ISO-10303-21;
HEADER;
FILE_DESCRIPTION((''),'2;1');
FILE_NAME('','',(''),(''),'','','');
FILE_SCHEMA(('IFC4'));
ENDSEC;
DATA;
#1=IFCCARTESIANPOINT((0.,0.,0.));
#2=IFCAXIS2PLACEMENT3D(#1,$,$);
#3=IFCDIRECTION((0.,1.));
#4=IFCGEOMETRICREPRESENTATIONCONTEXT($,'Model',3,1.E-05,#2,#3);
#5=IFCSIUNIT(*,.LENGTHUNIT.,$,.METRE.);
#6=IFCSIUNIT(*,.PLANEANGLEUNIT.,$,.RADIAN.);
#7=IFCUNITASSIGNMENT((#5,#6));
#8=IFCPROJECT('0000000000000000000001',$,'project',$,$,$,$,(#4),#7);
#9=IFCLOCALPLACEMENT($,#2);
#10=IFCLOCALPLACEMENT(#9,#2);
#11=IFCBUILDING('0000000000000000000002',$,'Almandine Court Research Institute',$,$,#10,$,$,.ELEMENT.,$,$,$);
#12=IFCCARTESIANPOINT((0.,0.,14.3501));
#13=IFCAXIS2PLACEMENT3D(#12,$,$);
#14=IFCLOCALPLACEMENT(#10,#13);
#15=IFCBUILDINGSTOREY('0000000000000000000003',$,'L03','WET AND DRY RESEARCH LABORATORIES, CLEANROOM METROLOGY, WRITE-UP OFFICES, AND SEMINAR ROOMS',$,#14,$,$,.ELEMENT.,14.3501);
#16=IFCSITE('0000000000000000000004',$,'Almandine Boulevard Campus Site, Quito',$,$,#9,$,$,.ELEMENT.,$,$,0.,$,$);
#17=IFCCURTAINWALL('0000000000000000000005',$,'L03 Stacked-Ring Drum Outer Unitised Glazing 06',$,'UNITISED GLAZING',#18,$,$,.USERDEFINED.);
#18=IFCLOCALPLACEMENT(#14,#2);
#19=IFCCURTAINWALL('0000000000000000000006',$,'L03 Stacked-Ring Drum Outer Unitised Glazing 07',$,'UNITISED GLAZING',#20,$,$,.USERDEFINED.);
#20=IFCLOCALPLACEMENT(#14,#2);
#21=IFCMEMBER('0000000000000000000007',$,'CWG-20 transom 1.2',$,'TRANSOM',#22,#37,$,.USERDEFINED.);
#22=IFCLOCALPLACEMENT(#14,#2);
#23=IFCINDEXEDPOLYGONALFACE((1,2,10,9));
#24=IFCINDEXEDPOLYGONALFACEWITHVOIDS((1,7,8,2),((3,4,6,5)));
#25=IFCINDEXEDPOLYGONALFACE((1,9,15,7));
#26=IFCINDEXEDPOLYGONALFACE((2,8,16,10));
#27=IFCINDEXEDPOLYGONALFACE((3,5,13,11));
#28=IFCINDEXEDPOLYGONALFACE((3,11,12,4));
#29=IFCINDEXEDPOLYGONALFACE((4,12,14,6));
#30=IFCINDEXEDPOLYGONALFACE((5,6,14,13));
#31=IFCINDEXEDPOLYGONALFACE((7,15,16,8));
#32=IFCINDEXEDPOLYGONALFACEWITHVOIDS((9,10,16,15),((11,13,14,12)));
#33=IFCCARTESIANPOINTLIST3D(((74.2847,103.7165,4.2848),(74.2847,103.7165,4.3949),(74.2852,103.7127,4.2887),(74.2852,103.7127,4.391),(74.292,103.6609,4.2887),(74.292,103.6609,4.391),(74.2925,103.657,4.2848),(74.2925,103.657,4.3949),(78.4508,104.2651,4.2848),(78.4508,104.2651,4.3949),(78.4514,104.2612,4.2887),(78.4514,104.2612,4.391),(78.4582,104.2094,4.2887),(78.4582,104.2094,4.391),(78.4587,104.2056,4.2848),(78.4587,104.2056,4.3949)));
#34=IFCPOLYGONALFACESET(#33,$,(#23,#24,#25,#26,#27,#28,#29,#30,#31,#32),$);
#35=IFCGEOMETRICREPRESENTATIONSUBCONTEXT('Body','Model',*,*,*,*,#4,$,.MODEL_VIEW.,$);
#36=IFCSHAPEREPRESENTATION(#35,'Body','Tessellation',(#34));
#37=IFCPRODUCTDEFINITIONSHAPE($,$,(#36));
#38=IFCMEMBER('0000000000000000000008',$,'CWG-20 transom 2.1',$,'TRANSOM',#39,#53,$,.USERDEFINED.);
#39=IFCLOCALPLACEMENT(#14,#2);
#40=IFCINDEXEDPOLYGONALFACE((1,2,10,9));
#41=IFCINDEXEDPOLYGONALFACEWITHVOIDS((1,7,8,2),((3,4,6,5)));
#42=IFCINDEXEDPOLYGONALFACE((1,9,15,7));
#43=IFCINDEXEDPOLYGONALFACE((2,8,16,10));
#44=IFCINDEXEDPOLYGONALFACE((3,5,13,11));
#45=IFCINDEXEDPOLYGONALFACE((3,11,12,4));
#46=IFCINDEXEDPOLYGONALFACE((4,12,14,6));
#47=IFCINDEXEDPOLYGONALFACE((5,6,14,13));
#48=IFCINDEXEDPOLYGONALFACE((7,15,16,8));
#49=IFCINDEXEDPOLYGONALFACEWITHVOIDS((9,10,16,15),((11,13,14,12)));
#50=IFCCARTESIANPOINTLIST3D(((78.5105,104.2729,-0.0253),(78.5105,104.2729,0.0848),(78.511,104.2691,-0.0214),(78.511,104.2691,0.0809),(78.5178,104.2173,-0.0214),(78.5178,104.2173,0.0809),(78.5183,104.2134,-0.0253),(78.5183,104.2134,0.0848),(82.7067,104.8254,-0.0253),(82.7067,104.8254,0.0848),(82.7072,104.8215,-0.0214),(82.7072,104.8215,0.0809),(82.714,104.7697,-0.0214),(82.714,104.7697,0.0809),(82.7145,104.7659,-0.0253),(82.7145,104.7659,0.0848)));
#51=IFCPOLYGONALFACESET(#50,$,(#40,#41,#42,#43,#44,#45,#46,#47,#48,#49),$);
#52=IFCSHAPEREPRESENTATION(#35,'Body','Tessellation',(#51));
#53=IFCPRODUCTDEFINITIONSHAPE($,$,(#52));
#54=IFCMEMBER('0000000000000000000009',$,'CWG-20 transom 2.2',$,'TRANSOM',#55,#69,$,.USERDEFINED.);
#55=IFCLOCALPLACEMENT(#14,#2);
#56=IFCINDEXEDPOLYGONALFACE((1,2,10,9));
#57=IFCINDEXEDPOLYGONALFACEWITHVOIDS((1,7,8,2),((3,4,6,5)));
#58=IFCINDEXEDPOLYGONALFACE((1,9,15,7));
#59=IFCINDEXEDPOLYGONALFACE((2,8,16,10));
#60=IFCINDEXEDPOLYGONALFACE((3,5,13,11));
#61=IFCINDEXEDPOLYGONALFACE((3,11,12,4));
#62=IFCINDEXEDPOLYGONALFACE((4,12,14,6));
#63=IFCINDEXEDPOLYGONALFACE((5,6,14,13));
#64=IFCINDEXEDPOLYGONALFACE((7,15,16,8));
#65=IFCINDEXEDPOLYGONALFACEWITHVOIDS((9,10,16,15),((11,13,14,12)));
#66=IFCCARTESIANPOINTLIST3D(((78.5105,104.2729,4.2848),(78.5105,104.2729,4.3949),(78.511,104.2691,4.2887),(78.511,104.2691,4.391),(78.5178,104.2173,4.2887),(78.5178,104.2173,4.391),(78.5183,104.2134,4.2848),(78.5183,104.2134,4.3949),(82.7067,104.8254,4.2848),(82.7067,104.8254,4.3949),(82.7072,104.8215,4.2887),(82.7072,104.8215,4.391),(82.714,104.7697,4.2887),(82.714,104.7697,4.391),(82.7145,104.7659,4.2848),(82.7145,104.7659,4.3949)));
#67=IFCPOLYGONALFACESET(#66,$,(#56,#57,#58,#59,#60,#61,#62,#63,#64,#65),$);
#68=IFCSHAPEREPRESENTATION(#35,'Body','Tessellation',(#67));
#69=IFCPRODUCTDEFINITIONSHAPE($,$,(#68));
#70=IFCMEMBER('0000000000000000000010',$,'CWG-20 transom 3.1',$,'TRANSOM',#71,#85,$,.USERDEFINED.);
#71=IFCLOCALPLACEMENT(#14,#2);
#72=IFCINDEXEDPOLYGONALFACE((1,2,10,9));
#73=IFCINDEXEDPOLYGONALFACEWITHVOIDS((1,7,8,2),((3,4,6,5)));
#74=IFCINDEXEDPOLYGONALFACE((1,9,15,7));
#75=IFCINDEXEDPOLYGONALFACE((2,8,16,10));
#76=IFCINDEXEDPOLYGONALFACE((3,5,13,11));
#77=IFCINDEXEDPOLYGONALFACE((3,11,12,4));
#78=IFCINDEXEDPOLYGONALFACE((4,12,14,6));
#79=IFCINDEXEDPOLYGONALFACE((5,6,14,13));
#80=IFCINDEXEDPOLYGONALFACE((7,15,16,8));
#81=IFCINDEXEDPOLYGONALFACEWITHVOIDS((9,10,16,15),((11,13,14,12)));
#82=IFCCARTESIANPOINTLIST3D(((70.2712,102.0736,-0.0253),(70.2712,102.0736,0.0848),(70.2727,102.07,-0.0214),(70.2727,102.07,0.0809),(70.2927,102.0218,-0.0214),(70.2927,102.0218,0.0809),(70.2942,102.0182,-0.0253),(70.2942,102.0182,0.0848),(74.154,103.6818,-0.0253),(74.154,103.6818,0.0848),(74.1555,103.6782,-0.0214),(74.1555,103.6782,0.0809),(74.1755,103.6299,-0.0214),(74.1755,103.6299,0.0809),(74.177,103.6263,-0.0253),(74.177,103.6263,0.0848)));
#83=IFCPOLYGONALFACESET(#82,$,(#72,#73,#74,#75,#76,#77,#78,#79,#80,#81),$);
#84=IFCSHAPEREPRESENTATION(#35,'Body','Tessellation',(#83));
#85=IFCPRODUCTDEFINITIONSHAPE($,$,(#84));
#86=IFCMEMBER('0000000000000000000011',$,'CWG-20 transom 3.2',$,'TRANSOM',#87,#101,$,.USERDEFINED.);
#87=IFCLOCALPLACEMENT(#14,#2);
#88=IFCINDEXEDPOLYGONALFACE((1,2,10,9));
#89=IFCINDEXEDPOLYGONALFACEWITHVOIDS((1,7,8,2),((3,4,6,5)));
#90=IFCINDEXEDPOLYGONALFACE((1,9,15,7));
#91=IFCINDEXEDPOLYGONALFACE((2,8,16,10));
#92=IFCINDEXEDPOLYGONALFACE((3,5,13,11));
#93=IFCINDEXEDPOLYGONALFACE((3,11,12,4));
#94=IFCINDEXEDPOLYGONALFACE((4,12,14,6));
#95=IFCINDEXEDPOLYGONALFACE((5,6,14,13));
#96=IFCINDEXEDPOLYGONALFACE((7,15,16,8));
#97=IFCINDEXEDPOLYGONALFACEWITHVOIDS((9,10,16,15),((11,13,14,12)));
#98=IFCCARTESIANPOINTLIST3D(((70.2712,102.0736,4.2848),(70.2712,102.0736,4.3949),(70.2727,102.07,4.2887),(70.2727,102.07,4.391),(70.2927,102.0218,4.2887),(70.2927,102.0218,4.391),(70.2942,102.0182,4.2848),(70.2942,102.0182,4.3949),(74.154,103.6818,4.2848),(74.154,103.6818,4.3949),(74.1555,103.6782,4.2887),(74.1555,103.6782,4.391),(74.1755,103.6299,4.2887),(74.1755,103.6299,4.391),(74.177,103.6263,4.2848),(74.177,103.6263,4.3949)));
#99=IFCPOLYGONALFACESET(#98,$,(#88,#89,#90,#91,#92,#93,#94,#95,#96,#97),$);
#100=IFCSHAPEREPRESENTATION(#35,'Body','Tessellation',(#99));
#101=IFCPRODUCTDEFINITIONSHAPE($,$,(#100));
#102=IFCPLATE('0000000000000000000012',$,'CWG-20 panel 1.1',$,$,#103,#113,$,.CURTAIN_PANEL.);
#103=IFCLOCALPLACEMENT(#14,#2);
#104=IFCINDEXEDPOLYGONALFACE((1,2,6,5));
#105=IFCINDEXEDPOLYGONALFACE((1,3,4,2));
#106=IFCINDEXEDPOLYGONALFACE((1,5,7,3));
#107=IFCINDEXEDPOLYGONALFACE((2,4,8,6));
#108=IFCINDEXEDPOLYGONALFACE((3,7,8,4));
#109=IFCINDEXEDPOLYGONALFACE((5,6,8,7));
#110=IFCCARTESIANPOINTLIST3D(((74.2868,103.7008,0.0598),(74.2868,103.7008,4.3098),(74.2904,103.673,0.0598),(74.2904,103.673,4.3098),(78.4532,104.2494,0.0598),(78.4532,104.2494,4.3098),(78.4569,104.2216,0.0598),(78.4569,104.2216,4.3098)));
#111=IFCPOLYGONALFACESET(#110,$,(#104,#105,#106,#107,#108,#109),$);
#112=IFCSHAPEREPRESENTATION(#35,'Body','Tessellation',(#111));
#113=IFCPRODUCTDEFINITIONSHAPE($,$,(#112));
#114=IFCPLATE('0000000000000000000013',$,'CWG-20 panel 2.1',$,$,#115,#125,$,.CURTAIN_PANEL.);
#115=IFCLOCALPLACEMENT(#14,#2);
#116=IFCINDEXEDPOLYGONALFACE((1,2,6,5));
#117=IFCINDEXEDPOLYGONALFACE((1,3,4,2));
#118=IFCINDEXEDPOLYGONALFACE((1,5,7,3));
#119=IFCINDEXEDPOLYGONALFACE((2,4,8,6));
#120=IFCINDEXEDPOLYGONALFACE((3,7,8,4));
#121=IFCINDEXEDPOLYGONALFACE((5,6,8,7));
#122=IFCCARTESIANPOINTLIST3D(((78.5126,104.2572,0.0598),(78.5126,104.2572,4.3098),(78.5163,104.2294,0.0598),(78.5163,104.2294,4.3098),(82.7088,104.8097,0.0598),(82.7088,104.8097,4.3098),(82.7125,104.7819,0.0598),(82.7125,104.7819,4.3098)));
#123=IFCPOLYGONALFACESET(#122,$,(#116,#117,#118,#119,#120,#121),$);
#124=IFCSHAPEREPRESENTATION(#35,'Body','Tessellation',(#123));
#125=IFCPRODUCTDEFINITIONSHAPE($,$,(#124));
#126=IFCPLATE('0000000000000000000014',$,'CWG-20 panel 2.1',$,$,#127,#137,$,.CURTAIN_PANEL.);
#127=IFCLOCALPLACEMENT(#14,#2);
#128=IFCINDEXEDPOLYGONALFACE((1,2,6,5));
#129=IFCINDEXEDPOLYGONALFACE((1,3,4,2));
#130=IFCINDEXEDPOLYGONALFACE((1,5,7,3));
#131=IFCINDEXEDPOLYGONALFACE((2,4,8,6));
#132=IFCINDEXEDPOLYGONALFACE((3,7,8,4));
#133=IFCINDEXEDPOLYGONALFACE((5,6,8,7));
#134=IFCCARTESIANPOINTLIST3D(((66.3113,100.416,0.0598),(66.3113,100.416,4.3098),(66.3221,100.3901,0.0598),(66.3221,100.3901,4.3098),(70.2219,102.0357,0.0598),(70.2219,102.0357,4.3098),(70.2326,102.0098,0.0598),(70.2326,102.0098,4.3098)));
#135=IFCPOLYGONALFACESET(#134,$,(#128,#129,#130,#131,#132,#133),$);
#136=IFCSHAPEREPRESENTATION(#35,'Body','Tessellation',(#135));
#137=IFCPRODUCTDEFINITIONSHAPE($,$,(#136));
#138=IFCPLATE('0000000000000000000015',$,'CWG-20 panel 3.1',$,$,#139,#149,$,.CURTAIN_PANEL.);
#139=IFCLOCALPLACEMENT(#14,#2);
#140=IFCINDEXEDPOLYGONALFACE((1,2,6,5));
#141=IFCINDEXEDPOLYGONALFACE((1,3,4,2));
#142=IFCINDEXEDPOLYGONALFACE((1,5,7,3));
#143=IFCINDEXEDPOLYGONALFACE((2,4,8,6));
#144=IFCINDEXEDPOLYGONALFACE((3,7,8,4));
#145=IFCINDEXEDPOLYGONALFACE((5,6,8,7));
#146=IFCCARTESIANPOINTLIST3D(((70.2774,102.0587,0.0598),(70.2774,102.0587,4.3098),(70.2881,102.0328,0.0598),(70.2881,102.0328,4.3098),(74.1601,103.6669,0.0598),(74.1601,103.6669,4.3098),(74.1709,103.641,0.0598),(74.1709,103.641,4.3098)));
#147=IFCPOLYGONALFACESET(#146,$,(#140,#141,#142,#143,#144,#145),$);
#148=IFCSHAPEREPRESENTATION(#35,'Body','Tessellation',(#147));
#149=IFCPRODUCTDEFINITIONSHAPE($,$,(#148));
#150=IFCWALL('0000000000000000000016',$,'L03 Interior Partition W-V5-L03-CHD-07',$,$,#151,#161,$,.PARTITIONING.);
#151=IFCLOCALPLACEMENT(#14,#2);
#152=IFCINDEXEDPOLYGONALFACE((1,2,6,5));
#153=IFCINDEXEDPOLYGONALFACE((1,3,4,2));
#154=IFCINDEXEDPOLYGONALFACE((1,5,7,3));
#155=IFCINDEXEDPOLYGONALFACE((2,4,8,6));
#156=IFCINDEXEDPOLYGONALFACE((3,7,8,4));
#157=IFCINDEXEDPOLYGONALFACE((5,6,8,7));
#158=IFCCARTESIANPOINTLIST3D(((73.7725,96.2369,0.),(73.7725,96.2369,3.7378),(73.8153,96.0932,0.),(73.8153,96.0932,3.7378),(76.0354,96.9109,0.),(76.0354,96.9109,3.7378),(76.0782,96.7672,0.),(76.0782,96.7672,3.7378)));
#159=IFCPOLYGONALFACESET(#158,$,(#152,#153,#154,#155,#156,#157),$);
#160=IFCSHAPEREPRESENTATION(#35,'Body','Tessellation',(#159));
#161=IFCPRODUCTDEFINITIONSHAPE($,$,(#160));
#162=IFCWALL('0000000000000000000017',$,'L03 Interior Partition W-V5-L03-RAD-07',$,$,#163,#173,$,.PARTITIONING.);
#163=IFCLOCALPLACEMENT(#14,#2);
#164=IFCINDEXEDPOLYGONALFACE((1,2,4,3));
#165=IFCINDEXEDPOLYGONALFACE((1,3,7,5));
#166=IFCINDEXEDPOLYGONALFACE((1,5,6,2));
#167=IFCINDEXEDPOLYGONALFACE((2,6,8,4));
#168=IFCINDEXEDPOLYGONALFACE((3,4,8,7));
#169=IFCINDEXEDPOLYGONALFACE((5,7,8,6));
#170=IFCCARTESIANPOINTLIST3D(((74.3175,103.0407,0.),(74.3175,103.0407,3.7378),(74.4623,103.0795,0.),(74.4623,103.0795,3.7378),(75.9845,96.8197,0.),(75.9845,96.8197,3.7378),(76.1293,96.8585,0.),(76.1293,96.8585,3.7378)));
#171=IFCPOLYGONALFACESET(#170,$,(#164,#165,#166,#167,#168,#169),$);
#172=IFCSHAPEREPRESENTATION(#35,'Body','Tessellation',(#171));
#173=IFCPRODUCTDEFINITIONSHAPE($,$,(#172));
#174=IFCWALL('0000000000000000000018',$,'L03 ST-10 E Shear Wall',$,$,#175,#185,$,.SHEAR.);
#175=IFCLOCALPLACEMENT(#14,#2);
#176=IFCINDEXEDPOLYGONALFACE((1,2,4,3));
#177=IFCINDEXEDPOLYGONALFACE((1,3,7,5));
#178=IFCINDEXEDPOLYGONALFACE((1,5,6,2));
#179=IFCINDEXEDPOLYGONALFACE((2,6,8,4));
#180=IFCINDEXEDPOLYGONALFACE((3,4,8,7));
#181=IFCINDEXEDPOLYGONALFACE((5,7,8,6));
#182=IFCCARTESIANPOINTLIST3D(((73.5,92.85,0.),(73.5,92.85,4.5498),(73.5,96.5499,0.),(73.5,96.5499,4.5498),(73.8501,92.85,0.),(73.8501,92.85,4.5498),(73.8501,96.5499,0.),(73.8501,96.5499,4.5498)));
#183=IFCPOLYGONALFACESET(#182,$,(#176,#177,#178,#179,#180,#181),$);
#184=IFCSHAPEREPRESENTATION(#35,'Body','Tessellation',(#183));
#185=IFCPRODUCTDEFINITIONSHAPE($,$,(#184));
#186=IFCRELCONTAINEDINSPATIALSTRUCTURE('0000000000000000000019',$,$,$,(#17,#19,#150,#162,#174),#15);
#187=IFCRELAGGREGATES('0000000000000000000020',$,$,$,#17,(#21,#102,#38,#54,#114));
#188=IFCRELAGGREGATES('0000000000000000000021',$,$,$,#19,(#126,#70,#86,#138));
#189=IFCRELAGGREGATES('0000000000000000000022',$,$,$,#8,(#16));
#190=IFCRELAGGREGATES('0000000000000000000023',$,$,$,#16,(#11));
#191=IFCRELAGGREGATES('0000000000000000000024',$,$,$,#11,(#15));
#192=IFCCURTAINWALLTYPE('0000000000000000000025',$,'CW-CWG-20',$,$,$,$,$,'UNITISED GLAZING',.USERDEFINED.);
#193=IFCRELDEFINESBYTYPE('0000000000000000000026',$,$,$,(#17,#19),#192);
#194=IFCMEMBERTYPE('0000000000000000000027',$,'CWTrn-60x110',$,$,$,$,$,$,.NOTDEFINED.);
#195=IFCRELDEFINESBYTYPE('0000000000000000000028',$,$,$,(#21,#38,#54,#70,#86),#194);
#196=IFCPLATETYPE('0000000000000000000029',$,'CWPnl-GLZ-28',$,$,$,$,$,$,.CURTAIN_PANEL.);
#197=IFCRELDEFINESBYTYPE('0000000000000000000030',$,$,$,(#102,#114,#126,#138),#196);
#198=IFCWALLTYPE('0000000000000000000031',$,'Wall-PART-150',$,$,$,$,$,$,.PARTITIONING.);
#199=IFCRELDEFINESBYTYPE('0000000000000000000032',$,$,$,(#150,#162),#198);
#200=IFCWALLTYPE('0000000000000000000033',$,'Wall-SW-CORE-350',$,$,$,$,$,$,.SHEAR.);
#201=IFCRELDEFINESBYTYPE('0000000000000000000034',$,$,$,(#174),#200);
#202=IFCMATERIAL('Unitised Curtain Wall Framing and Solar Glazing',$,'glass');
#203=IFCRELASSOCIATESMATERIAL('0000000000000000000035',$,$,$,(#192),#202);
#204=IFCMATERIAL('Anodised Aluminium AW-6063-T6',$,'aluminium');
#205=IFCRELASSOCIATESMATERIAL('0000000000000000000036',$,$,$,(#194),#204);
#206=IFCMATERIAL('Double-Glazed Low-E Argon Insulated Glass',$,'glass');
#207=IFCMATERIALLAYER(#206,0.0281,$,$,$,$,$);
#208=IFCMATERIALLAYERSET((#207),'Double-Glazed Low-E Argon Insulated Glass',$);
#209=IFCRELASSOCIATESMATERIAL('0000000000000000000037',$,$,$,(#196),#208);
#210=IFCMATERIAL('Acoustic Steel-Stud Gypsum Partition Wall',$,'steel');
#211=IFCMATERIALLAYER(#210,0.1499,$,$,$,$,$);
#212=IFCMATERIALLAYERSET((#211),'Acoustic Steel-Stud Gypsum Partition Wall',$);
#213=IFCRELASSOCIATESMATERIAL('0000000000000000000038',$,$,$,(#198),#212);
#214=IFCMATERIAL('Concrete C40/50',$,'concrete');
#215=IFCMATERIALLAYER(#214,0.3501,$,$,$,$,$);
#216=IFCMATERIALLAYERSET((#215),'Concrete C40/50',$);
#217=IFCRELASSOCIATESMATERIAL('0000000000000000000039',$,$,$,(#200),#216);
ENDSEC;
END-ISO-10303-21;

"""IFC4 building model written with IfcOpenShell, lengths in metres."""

from ifc_helpers import new_model, si_unit, direction, frame, frame_2d, origin, origin_2d, place, context, subcontext, project, spatial, rectangle, hollow_rectangle, extrude, material, layer, layer_set, material_profile, profile_set, type_object, element, aggregate, save


model = new_model("IFC4")

# Units and contexts
model_context = context("Model", 3, precision=1e-05, world=origin(), true_north=direction((0.0, 1.0)))
body_context = subcontext(model_context, "Body", "Model", "MODEL_VIEW")
ifc_project = project(units=[si_unit("LENGTHUNIT", "METRE"), si_unit("PLANEANGLEUNIT", "RADIAN")], contexts=[model_context])

# Site, building, storey
site_placement = place(None, origin())
site = spatial("IfcSite", under=ifc_project, at=site_placement, Name="Almandine Boulevard Campus Site, Quito", CompositionType="ELEMENT", RefElevation=0.0)
building_placement = place(site_placement, origin())
building = spatial("IfcBuilding", under=site, at=building_placement, Name="Almandine Court Research Institute", CompositionType="ELEMENT")
storey_placement = place(building_placement, frame((0.0, 0.0, 14.3501)))
storey = spatial("IfcBuildingStorey", under=building, at=storey_placement, Name="L03", Description="WET AND DRY RESEARCH LABORATORIES, CLEANROOM METROLOGY, WRITE-UP OFFICES, AND SEMINAR ROOMS", CompositionType="ELEMENT", Elevation=14.3501)

# Curtain walls
ifc_material_1 = material(Name="Unitised Curtain Wall Framing and Solar Glazing", Category="glass")
curtain_wall_type = type_object("IfcCurtainWallType", Name="CW-CWG-20", ElementType="UNITISED GLAZING", PredefinedType="USERDEFINED", material=ifc_material_1)
curtain_wall_1_placement = place(storey_placement, origin())
curtain_wall_1 = element("IfcCurtainWall", 1, at=curtain_wall_1_placement, inside=storey, type_object=curtain_wall_type, Name="L03 Stacked-Ring Drum Outer Unitised Glazing 06", ObjectType="UNITISED GLAZING", PredefinedType="USERDEFINED")
ifc_material_2 = material(Name="Anodised Aluminium AW-6063-T6", Category="aluminium")
curtain_wall_2_placement = place(storey_placement, origin())
curtain_wall_2 = element("IfcCurtainWall", 2, at=curtain_wall_2_placement, inside=storey, type_object=curtain_wall_type, Name="L03 Stacked-Ring Drum Outer Unitised Glazing 07", ObjectType="UNITISED GLAZING", PredefinedType="USERDEFINED")

# Members
ifc_material_profile_1 = material_profile(ifc_material_2, hollow_rectangle(XDim=0.0601, YDim=0.1101, WallThickness=0.0039, at=origin_2d()), Name="ALU RHS 60x110x4")
ifc_profile_set_1 = profile_set([ifc_material_profile_1], Name="Anodised Aluminium AW-6063-T6")
member_type_1 = type_object("IfcMemberType", Name="CWTrn-60x110", PredefinedType="NOTDEFINED", material=ifc_profile_set_1)
member_1_placement = place(storey_placement, frame((74.2886, 103.6868, 4.3398), z_axis=(0.991442, 0.130546, 0.0), x_axis=(-0.130546, 0.991442, 0.0)))
member_1 = element("IfcMember", 3, at=member_1_placement, type_object=member_type_1, Name="CWG-20 transom 1.2", ObjectType="TRANSOM", PredefinedType="USERDEFINED", context=body_context, shape_type="SweptSolid", body=[
    extrude(hollow_rectangle(XDim=0.0601, YDim=0.1101, WallThickness=0.0039, at=origin_2d()), origin(), (0.0, 0.0, 1.0), 4.2021),
])
member_2_placement = place(storey_placement, frame((78.5144, 104.2432, 0.0298), z_axis=(0.991444, 0.130535, 0.0), x_axis=(-0.130535, 0.991444, 0.0)))
member_2 = element("IfcMember", 4, at=member_2_placement, type_object=member_type_1, Name="CWG-20 transom 2.1", ObjectType="TRANSOM", PredefinedType="USERDEFINED", context=body_context, shape_type="SweptSolid", body=[
    extrude(hollow_rectangle(XDim=0.0601, YDim=0.1101, WallThickness=0.0039, at=origin_2d()), origin(), (0.0, 0.0, 1.0), 4.2324),
])
member_3_placement = place(storey_placement, frame((78.5144, 104.2432, 4.3398), z_axis=(0.991444, 0.130535, 0.0), x_axis=(-0.130535, 0.991444, 0.0)))
member_3 = element("IfcMember", 5, at=member_3_placement, type_object=member_type_1, Name="CWG-20 transom 2.2", ObjectType="TRANSOM", PredefinedType="USERDEFINED", context=body_context, shape_type="SweptSolid", body=[
    extrude(hollow_rectangle(XDim=0.0601, YDim=0.1101, WallThickness=0.0039, at=origin_2d()), origin(), (0.0, 0.0, 1.0), 4.2324),
])
member_4_placement = place(storey_placement, frame((70.2827, 102.0459, 0.0298), z_axis=(0.923893, 0.382651, 0.0), x_axis=(-0.382651, 0.923893, 0.0)))
member_4 = element("IfcMember", 6, at=member_4_placement, type_object=member_type_1, Name="CWG-20 transom 3.1", ObjectType="TRANSOM", PredefinedType="USERDEFINED", context=body_context, shape_type="SweptSolid", body=[
    extrude(hollow_rectangle(XDim=0.0601, YDim=0.1101, WallThickness=0.0039, at=origin_2d()), origin(), (0.0, 0.0, 1.0), 4.2026),
])
member_5_placement = place(storey_placement, frame((70.2827, 102.0459, 4.3398), z_axis=(0.923893, 0.382651, 0.0), x_axis=(-0.382651, 0.923893, 0.0)))
member_5 = element("IfcMember", 7, at=member_5_placement, type_object=member_type_1, Name="CWG-20 transom 3.2", ObjectType="TRANSOM", PredefinedType="USERDEFINED", context=body_context, shape_type="SweptSolid", body=[
    extrude(hollow_rectangle(XDim=0.0601, YDim=0.1101, WallThickness=0.0039, at=origin_2d()), origin(), (0.0, 0.0, 1.0), 4.2026),
])

# Plates
ifc_material_3 = material(Name="Double-Glazed Low-E Argon Insulated Glass", Category="glass")
ifc_layer_1 = layer(ifc_material_3, 0.0281)
ifc_layer_set_1 = layer_set([ifc_layer_1], Name="Double-Glazed Low-E Argon Insulated Glass")
plate_type = type_object("IfcPlateType", Name="CWPnl-GLZ-28", PredefinedType="CURTAIN_PANEL", material=ifc_layer_set_1)
plate_1_placement = place(storey_placement, frame((76.3718, 103.9612, 0.0598), z_axis=(0.0, 0.0, 1.0), x_axis=(0.991443, 0.130541, 0.0)))
plate_1 = element("IfcPlate", 8, at=plate_1_placement, type_object=plate_type, Name="CWG-20 panel 1.1", PredefinedType="CURTAIN_PANEL", context=body_context, shape_type="SweptSolid", body=[
    extrude(rectangle(XDim=4.2024, YDim=0.0281, at=origin_2d()), origin(), (0.0, 0.0, 1.0), 4.25),
])
plate_2_placement = place(storey_placement, frame((80.6125, 104.5195, 0.0598), z_axis=(0.0, 0.0, 1.0), x_axis=(0.991443, 0.130541, 0.0)))
plate_2 = element("IfcPlate", 9, at=plate_2_placement, type_object=plate_type, Name="CWG-20 panel 2.1", PredefinedType="CURTAIN_PANEL", context=body_context, shape_type="SweptSolid", body=[
    extrude(rectangle(XDim=4.2324, YDim=0.0281, at=origin_2d()), origin(), (0.0, 0.0, 1.0), 4.25),
])
aggregate(curtain_wall_1, [member_1, plate_1, member_2, member_3, plate_2])
plate_3_placement = place(storey_placement, frame((68.272, 101.2129, 0.0598), z_axis=(0.0, 0.0, 1.0), x_axis=(0.923888, 0.382663, 0.0)))
plate_3 = element("IfcPlate", 10, at=plate_3_placement, type_object=plate_type, Name="CWG-20 panel 2.1", PredefinedType="CURTAIN_PANEL", context=body_context, shape_type="SweptSolid", body=[
    extrude(rectangle(XDim=4.2327, YDim=0.0281, at=origin_2d()), origin(), (0.0, 0.0, 1.0), 4.25),
])
plate_4_placement = place(storey_placement, frame((72.2241, 102.8499, 0.0598), z_axis=(0.0, 0.0, 1.0), x_axis=(0.923888, 0.382663, 0.0)))
plate_4 = element("IfcPlate", 11, at=plate_4_placement, type_object=plate_type, Name="CWG-20 panel 3.1", PredefinedType="CURTAIN_PANEL", context=body_context, shape_type="SweptSolid", body=[
    extrude(rectangle(XDim=4.2026, YDim=0.0281, at=origin_2d()), origin(), (0.0, 0.0, 1.0), 4.25),
])
aggregate(curtain_wall_2, [plate_3, member_4, member_5, plate_4])

# Walls
ifc_material_4 = material(Name="Acoustic Steel-Stud Gypsum Partition Wall", Category="steel")
ifc_layer_2 = layer(ifc_material_4, 0.1499)
ifc_layer_set_2 = layer_set([ifc_layer_2], Name="Acoustic Steel-Stud Gypsum Partition Wall")
wall_type_1 = type_object("IfcWallType", Name="Wall-PART-150", PredefinedType="PARTITIONING", material=ifc_layer_set_2)
wall_1_placement = place(storey_placement, frame((76.0569, 96.8391, 0.0), z_axis=(0.0, 0.0, 1.0), x_axis=(-0.958385, -0.285479, 0.0)))
element("IfcWall", 12, at=wall_1_placement, inside=storey, type_object=wall_type_1, Name="L03 Interior Partition W-V5-L03-CHD-07", PredefinedType="PARTITIONING", context=body_context, shape_type="SweptSolid", body=[
    extrude(rectangle(XDim=2.3611, YDim=0.1499, at=frame_2d((1.1807, 0.0))), origin(), (0.0, 0.0, 1.0), 3.7378),
])
wall_2_placement = place(storey_placement, frame((76.0569, 96.8391, 0.0), z_axis=(0.0, 0.0, 1.0), x_axis=(-0.258833, 0.965922, 0.0)))
element("IfcWall", 13, at=wall_2_placement, inside=storey, type_object=wall_type_1, Name="L03 Interior Partition W-V5-L03-RAD-07", PredefinedType="PARTITIONING", context=body_context, shape_type="SweptSolid", body=[
    extrude(rectangle(XDim=6.4404, YDim=0.1499, at=frame_2d((3.2202, 0.0))), origin(), (0.0, 0.0, 1.0), 3.7378),
])
ifc_material_5 = material(Name="Concrete C40/50", Category="concrete")
ifc_layer_3 = layer(ifc_material_5, 0.3501)
ifc_layer_set_3 = layer_set([ifc_layer_3], Name="Concrete C40/50")
wall_type_2 = type_object("IfcWallType", Name="Wall-SW-CORE-350", PredefinedType="SHEAR", material=ifc_layer_set_3)
wall_3_placement = place(storey_placement, frame((73.675, 96.55, 0.0), z_axis=(0.0, 0.0, 1.0), x_axis=(0.0, -1.0, 0.0)))
element("IfcWall", 14, at=wall_3_placement, inside=storey, type_object=wall_type_2, Name="L03 ST-10 E Shear Wall", PredefinedType="SHEAR", context=body_context, shape_type="SweptSolid", body=[
    extrude(rectangle(XDim=3.7, YDim=0.3501, at=frame_2d((1.8501, 0.0))), origin(), (0.0, 0.0, 1.0), 4.5498),
])

save(model, "model.ifc")
